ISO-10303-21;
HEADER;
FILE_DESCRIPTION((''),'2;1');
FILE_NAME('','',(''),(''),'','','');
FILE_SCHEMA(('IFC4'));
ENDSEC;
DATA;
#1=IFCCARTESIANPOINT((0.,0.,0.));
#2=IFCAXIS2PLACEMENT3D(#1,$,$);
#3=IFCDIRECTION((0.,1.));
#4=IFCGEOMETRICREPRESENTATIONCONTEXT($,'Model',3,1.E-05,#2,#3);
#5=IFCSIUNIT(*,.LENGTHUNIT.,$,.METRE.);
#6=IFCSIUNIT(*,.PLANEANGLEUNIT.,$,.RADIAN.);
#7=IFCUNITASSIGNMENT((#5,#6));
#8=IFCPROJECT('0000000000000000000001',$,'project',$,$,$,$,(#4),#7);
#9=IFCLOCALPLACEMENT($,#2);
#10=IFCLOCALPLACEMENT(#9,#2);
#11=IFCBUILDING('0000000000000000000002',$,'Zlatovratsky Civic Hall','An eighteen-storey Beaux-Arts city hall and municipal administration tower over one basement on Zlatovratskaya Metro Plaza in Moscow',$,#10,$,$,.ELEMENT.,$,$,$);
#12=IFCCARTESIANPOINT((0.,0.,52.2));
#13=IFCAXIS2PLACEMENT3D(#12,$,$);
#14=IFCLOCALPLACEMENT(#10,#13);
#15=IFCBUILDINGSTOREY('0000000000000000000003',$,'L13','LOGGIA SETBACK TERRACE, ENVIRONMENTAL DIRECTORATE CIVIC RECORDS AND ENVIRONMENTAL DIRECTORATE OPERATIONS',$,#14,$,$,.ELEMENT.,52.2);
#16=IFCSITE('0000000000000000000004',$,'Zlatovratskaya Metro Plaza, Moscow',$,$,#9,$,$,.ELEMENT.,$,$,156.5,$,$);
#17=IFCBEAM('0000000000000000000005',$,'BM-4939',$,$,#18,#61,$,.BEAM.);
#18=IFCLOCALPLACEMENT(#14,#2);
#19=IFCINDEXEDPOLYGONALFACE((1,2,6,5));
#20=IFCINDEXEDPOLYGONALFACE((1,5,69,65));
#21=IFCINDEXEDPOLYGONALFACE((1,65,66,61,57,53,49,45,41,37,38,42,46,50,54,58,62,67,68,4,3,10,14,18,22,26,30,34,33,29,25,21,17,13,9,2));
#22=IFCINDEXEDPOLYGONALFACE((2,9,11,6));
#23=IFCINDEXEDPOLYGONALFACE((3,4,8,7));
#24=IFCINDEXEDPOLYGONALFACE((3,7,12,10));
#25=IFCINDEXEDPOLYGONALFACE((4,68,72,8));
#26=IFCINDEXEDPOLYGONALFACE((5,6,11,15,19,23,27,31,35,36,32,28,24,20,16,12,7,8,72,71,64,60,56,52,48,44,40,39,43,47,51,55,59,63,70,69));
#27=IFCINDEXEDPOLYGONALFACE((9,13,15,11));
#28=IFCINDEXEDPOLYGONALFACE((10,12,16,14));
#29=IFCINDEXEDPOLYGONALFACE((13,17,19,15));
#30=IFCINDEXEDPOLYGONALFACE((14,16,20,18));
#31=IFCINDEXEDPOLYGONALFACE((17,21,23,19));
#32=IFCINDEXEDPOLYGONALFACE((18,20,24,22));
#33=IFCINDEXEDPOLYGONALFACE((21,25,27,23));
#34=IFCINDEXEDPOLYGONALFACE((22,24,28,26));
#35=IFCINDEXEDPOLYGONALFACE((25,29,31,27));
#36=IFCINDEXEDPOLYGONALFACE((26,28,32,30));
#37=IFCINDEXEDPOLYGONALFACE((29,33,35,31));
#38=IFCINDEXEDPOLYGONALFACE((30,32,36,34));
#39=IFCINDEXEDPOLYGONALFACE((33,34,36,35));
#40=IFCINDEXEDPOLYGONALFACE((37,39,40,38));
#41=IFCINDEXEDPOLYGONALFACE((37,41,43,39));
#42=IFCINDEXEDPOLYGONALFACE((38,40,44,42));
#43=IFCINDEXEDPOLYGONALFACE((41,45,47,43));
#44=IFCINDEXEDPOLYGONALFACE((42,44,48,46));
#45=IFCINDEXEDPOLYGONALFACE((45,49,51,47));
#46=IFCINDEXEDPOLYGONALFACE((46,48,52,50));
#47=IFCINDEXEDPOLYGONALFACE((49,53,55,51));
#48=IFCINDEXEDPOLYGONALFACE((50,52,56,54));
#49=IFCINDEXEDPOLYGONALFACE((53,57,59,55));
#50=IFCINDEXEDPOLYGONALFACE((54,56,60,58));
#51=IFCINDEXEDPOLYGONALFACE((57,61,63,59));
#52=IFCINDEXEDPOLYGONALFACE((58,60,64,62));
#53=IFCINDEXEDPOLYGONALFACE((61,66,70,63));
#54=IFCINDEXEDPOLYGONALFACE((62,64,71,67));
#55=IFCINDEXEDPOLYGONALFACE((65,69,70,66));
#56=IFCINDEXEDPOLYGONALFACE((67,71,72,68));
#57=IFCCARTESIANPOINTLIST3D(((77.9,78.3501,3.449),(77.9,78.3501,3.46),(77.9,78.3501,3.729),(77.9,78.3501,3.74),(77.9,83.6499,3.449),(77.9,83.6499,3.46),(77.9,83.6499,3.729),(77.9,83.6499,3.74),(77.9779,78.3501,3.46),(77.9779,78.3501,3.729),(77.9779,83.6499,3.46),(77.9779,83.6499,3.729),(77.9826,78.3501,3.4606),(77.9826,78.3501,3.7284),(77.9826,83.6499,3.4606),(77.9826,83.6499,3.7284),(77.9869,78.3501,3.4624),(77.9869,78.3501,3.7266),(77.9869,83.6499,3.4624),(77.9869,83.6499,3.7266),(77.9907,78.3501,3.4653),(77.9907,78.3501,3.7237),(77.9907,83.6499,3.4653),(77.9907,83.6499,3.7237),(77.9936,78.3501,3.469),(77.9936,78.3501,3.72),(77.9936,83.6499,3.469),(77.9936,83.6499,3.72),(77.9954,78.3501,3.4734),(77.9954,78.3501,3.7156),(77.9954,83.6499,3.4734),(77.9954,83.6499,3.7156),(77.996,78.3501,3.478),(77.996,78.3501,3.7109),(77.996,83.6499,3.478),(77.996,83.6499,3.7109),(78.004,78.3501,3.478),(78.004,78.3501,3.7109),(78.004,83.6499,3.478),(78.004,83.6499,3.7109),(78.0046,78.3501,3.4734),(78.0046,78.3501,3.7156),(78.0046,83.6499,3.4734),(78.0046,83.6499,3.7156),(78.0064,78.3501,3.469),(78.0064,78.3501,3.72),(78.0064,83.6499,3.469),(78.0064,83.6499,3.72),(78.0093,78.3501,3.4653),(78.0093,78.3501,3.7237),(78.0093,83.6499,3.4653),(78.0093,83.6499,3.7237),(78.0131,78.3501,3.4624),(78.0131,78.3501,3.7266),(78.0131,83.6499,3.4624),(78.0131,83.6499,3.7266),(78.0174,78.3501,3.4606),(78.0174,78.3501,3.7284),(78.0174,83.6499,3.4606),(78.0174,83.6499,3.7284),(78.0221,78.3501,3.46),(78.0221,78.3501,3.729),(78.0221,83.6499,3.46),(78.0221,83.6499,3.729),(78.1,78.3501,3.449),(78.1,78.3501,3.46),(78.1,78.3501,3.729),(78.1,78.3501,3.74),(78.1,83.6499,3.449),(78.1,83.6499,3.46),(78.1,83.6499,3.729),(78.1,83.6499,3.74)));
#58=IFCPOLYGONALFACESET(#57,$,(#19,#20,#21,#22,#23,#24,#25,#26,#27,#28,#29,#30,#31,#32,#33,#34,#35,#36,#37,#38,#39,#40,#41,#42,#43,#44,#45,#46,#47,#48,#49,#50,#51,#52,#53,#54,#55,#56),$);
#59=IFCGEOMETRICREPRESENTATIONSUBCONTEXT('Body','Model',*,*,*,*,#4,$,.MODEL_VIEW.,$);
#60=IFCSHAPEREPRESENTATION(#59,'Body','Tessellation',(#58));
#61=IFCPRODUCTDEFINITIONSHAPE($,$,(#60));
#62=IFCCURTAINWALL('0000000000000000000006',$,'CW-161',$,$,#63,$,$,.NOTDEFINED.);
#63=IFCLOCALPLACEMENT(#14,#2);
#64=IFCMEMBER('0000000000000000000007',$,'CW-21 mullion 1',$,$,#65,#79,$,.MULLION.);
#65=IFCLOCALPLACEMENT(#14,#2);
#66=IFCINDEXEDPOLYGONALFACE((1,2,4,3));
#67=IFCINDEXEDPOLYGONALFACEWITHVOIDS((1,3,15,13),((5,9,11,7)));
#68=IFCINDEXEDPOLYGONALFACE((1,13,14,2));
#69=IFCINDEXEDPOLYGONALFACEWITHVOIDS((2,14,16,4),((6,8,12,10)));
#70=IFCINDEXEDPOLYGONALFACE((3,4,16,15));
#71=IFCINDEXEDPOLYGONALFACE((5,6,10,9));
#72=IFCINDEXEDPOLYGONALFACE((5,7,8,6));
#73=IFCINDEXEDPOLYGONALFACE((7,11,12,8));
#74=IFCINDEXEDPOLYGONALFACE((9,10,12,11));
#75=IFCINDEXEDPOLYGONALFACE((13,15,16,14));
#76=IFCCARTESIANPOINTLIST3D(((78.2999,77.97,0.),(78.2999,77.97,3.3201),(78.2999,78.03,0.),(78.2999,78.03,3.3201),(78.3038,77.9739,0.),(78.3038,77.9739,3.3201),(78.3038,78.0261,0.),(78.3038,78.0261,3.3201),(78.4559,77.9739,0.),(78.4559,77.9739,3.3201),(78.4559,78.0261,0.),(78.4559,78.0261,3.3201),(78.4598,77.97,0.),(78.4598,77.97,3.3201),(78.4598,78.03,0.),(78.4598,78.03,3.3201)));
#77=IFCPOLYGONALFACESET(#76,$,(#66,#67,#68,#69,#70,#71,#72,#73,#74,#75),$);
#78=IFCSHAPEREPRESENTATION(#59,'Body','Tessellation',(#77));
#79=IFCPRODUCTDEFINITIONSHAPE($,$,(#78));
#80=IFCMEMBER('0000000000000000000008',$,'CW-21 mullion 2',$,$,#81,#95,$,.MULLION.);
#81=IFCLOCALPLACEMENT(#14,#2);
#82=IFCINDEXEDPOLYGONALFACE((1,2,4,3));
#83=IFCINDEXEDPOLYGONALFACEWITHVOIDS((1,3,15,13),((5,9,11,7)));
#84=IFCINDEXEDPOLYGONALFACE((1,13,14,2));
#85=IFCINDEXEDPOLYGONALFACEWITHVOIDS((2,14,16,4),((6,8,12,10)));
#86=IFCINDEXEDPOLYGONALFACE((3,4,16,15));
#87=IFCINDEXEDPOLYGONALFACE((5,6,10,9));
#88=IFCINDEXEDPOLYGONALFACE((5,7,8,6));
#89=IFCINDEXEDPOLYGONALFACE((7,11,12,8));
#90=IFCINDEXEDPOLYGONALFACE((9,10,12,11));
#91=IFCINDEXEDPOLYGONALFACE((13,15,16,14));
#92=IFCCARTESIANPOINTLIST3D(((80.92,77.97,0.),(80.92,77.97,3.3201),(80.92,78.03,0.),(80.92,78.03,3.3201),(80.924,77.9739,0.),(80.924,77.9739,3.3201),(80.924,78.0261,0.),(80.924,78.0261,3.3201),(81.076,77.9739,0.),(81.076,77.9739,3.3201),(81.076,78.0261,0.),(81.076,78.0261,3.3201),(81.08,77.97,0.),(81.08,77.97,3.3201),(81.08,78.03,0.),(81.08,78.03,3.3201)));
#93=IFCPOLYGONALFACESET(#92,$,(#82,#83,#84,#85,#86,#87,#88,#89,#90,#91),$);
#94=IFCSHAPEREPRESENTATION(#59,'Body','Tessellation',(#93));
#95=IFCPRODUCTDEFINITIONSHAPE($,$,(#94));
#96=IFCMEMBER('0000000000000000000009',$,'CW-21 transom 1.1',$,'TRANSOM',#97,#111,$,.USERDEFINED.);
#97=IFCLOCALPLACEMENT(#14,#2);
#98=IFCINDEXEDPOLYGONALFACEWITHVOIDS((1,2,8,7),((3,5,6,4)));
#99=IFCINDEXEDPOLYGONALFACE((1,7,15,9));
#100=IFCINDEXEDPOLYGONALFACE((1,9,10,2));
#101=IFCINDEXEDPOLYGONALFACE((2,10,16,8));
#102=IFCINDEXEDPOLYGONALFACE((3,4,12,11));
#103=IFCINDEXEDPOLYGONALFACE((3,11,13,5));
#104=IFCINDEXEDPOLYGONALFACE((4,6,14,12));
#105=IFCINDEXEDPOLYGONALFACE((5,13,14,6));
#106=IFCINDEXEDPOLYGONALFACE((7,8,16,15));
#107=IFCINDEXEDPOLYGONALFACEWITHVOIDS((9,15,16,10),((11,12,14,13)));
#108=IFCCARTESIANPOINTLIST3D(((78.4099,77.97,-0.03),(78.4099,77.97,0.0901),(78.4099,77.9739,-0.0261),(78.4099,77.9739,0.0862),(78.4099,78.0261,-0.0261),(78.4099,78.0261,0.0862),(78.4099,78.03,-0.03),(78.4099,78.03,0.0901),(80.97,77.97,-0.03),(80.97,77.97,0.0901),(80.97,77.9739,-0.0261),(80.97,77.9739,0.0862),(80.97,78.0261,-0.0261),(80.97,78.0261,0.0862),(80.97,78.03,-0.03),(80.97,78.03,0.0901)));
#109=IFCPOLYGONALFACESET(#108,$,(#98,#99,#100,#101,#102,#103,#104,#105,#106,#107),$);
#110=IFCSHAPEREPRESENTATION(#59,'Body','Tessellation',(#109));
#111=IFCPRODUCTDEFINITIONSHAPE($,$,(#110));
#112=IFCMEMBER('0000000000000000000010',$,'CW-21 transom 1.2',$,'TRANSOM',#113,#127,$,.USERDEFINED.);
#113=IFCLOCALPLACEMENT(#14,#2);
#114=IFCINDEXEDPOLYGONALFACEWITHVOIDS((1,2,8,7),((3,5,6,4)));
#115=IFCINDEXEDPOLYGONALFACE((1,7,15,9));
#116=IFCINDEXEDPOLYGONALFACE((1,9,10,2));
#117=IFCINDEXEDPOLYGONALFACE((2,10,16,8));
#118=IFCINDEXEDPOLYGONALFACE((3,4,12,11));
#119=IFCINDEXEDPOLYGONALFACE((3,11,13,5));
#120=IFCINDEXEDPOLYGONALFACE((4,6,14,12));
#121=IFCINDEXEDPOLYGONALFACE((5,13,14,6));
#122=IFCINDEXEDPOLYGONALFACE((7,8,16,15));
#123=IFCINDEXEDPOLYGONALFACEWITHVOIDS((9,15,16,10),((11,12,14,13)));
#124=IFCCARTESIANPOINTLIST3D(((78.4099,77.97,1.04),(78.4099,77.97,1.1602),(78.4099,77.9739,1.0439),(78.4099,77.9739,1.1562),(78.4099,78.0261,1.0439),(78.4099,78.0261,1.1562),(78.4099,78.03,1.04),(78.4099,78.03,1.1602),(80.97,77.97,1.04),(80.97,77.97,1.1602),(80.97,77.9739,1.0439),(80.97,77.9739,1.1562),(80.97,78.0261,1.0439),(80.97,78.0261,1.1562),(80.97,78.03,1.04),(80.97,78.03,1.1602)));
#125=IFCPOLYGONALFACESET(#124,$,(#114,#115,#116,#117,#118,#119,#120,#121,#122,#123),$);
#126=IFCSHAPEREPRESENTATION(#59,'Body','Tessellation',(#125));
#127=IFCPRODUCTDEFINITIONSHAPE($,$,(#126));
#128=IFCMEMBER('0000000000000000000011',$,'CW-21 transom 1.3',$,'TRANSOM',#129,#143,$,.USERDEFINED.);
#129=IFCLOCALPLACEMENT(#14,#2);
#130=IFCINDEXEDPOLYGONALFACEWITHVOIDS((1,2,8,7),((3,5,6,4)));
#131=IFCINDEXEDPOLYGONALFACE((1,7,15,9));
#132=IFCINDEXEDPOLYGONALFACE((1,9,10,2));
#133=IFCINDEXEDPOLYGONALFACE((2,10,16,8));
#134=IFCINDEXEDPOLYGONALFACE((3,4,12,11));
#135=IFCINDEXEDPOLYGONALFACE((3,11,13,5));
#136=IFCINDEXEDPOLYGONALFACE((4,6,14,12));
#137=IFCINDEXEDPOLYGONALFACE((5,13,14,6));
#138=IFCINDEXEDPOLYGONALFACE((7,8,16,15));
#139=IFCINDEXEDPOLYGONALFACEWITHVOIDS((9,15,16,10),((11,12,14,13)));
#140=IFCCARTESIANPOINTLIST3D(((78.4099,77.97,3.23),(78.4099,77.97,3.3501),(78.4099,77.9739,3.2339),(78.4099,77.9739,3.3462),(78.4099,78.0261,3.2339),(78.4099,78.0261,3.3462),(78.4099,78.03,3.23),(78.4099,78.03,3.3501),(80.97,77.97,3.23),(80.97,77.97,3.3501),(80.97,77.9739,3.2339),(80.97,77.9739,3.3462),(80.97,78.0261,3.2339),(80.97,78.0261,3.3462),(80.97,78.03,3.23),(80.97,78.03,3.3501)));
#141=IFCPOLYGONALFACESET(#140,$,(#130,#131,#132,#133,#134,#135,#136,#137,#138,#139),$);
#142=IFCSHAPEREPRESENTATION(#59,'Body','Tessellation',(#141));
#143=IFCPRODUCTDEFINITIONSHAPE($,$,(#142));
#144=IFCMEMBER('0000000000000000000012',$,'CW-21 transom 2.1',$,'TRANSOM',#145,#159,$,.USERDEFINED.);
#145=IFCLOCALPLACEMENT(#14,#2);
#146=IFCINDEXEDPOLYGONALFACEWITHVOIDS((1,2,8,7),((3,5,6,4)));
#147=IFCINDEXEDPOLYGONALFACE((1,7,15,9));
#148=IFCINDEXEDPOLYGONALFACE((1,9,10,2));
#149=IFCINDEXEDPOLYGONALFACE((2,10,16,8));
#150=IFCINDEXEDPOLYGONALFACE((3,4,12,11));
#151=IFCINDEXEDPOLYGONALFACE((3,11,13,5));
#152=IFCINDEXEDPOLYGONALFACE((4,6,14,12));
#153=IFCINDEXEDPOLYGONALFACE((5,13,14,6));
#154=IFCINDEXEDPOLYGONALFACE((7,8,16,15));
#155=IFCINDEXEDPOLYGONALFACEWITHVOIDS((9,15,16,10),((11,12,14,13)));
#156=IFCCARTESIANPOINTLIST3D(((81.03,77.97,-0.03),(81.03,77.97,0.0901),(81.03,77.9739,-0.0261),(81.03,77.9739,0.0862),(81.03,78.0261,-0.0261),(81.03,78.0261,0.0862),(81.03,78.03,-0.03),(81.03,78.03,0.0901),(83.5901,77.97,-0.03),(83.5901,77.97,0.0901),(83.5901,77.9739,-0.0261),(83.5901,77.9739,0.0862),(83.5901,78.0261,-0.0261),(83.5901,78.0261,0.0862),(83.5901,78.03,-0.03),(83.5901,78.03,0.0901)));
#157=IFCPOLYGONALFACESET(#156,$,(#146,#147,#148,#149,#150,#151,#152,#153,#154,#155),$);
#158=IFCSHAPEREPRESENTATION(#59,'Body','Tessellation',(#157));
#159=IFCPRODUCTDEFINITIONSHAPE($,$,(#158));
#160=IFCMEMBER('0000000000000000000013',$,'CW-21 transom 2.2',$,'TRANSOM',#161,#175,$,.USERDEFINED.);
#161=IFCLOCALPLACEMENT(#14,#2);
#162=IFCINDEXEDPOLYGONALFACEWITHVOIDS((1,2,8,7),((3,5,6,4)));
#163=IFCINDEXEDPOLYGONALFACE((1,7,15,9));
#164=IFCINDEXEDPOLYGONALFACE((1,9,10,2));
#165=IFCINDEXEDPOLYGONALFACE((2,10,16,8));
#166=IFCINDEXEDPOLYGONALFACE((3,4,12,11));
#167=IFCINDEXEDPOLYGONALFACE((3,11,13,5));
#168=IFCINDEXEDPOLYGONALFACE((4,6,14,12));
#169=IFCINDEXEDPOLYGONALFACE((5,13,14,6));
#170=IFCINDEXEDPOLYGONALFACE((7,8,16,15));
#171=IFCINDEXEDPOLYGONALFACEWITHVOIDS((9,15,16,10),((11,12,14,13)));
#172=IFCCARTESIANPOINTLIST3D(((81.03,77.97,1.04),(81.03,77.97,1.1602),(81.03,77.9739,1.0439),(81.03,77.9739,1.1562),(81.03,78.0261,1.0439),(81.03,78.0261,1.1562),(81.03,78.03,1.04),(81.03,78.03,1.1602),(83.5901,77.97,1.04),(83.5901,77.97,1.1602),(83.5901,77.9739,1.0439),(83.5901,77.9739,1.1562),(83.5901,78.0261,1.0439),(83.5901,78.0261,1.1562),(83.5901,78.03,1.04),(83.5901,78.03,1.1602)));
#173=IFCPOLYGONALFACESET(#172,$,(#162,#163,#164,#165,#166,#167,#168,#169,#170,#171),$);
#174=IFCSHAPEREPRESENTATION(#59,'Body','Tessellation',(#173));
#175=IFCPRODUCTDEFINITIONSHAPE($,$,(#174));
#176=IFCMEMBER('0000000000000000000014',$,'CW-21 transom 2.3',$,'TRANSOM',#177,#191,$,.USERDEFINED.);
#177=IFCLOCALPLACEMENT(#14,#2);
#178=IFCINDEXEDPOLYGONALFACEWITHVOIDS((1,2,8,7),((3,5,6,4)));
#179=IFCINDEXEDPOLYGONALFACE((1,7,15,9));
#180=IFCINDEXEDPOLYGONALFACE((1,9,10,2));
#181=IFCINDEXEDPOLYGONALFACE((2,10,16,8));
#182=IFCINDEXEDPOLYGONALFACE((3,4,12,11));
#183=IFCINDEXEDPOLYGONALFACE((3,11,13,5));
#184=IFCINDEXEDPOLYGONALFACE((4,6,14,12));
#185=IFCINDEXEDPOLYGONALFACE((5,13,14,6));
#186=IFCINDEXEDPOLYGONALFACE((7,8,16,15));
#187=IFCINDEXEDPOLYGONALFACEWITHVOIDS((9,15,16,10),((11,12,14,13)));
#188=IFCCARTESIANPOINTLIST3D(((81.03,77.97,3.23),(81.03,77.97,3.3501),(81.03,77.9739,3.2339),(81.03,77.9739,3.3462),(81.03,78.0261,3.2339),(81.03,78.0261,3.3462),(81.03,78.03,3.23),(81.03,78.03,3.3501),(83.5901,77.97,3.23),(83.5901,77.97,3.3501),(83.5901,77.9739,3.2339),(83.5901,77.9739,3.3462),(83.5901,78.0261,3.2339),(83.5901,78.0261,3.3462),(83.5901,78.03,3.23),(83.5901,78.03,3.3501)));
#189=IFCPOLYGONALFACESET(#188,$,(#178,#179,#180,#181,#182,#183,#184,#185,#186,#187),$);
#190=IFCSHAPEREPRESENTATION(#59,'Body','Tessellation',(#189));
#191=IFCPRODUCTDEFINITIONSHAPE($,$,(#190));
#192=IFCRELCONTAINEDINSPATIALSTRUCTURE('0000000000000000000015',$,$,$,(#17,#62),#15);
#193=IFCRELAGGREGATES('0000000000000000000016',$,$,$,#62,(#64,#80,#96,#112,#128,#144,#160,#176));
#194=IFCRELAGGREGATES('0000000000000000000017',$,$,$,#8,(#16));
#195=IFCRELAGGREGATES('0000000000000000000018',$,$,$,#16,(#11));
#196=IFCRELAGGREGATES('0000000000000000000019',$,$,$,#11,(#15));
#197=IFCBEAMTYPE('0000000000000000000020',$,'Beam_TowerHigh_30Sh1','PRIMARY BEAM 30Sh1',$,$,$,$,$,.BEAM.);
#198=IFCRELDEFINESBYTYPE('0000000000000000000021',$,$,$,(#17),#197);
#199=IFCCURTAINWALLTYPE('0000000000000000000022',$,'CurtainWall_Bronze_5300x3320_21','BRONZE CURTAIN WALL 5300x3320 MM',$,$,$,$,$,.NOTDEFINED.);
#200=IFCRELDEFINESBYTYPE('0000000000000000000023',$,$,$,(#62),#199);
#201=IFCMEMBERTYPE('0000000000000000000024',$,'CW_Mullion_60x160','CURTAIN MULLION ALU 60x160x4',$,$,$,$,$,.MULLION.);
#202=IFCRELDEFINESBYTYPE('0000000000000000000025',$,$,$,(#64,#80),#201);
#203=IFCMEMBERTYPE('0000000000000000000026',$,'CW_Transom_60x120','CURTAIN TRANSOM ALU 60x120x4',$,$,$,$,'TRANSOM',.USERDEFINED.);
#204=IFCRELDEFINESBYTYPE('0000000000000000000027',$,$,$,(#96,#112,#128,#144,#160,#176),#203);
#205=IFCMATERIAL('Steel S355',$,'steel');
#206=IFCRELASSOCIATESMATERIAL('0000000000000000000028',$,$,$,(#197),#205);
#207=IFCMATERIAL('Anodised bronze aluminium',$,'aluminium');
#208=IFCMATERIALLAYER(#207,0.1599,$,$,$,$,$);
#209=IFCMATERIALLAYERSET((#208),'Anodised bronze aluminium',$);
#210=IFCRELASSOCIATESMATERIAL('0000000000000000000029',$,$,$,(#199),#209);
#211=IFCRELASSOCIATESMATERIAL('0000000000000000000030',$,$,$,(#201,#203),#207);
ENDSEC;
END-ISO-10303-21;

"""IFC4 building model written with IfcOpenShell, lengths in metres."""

from ifc_helpers import new_model, si_unit, direction, frame, origin, origin_2d, place, context, subcontext, project, spatial, hollow_rectangle, i_section, extrude, material, layer, layer_set, material_profile, profile_set, type_object, element, aggregate, save


model = new_model("IFC4")

# Units and contexts
model_context = context("Model", 3, precision=1e-05, world=origin(), true_north=direction((0.0, 1.0)))
body_context = subcontext(model_context, "Body", "Model", "MODEL_VIEW")
ifc_project = project(units=[si_unit("LENGTHUNIT", "METRE"), si_unit("PLANEANGLEUNIT", "RADIAN")], contexts=[model_context])

# Site, building, storey
site_placement = place(None, origin())
site = spatial("IfcSite", under=ifc_project, at=site_placement, Name="Zlatovratskaya Metro Plaza, Moscow", CompositionType="ELEMENT", RefElevation=156.5)
building_placement = place(site_placement, origin())
building = spatial("IfcBuilding", under=site, at=building_placement, Name="Zlatovratsky Civic Hall", Description="An eighteen-storey Beaux-Arts city hall and municipal administration tower over one basement on Zlatovratskaya Metro Plaza in Moscow", CompositionType="ELEMENT")
storey_placement = place(building_placement, frame((0.0, 0.0, 52.2)))
storey = spatial("IfcBuildingStorey", under=building, at=storey_placement, Name="L13", Description="LOGGIA SETBACK TERRACE, ENVIRONMENTAL DIRECTORATE CIVIC RECORDS AND ENVIRONMENTAL DIRECTORATE OPERATIONS", CompositionType="ELEMENT", Elevation=52.2)

# Beam
ifc_material_1 = material(Name="Steel S355", Category="steel")
ifc_material_profile_1 = material_profile(ifc_material_1, i_section(OverallWidth=0.2, OverallDepth=0.291, WebThickness=0.0081, FlangeThickness=0.011, FilletRadius=0.0181, at=origin_2d()), Name="30Sh1")
ifc_profile_set_1 = profile_set([ifc_material_profile_1], Name="Steel S355")
beam_type_1 = type_object("IfcBeamType", Name="Beam_TowerHigh_30Sh1", Description="PRIMARY BEAM 30Sh1", PredefinedType="BEAM", material=ifc_profile_set_1)
for number, where, z_axis, x_axis, name in (
    (1, (78.0, 78.3501, 3.5945), (0.0, 1.0, 0.0), (-1.0, 0.0, 0.0), "BM-4939"),
):
    element("IfcBeam", number, at=place(storey_placement, frame(where, z_axis=z_axis, x_axis=x_axis)), inside=storey, type_object=beam_type_1, Name=name, PredefinedType="BEAM", context=body_context, shape_type="SweptSolid", body=[
        extrude(i_section(OverallWidth=0.2, OverallDepth=0.291, WebThickness=0.0081, FlangeThickness=0.011, FilletRadius=0.0181, at=origin_2d()), origin(), (0.0, 0.0, 1.0), 5.2998),
    ])

# Curtain wall, members
ifc_material_2 = material(Name="Anodised bronze aluminium", Category="aluminium")
ifc_layer_1 = layer(ifc_material_2, 0.1599)
ifc_layer_set_1 = layer_set([ifc_layer_1], Name="Anodised bronze aluminium")
curtain_wall_type = type_object("IfcCurtainWallType", Name="CurtainWall_Bronze_5300x3320_21", Description="BRONZE CURTAIN WALL 5300x3320 MM", PredefinedType="NOTDEFINED", material=ifc_layer_set_1)
curtain_wall_placement = place(storey_placement, origin())
curtain_wall = element("IfcCurtainWall", 2, at=curtain_wall_placement, inside=storey, type_object=curtain_wall_type, Name="CW-161", PredefinedType="NOTDEFINED")
ifc_material_profile_2 = material_profile(ifc_material_2, hollow_rectangle(XDim=0.0601, YDim=0.1599, WallThickness=0.0039, at=origin_2d()), Name="ALU 60x160x4")
ifc_profile_set_2 = profile_set([ifc_material_profile_2], Name="Anodised bronze aluminium")
member_type_1 = type_object("IfcMemberType", Name="CW_Mullion_60x160", Description="CURTAIN MULLION ALU 60x160x4", PredefinedType="MULLION", material=ifc_profile_set_2)
member_1_placement = place(storey_placement, frame((78.3799, 78.0, 0.0), z_axis=(0.0, 0.0, 1.0), x_axis=(0.0, 1.0, 0.0)))
member_1 = element("IfcMember", 3, at=member_1_placement, type_object=member_type_1, Name="CW-21 mullion 1", PredefinedType="MULLION", context=body_context, shape_type="SweptSolid", body=[
    extrude(hollow_rectangle(XDim=0.0601, YDim=0.1599, WallThickness=0.0039, at=origin_2d()), origin(), (0.0, 0.0, 1.0), 3.3201),
])
member_2_placement = place(storey_placement, frame((81.0, 78.0, 0.0), z_axis=(0.0, 0.0, 1.0), x_axis=(0.0, 1.0, 0.0)))
member_2 = element("IfcMember", 4, at=member_2_placement, type_object=member_type_1, Name="CW-21 mullion 2", PredefinedType="MULLION", context=body_context, shape_type="SweptSolid", body=[
    extrude(hollow_rectangle(XDim=0.0601, YDim=0.1599, WallThickness=0.0039, at=origin_2d()), origin(), (0.0, 0.0, 1.0), 3.3201),
])
ifc_material_profile_3 = material_profile(ifc_material_2, hollow_rectangle(XDim=0.0601, YDim=0.1201, WallThickness=0.0039, at=origin_2d()), Name="ALU 60x120x4")
ifc_profile_set_3 = profile_set([ifc_material_profile_3], Name="Anodised bronze aluminium")
member_type_2 = type_object("IfcMemberType", Name="CW_Transom_60x120", Description="CURTAIN TRANSOM ALU 60x120x4", ElementType="TRANSOM", PredefinedType="USERDEFINED", material=ifc_profile_set_3)
member_3_placement = place(storey_placement, frame((78.4099, 78.0, 0.03), z_axis=(1.0, 0.0, 0.0), x_axis=(0.0, 1.0, 0.0)))
member_3 = element("IfcMember", 5, at=member_3_placement, type_object=member_type_2, Name="CW-21 transom 1.1", ObjectType="TRANSOM", PredefinedType="USERDEFINED", context=body_context, shape_type="SweptSolid", body=[
    extrude(hollow_rectangle(XDim=0.0601, YDim=0.1201, WallThickness=0.0039, at=origin_2d()), origin(), (0.0, 0.0, 1.0), 2.5601),
])
member_4_placement = place(storey_placement, frame((78.4099, 78.0, 1.1001), z_axis=(1.0, 0.0, 0.0), x_axis=(0.0, 1.0, 0.0)))
member_4 = element("IfcMember", 6, at=member_4_placement, type_object=member_type_2, Name="CW-21 transom 1.2", ObjectType="TRANSOM", PredefinedType="USERDEFINED", context=body_context, shape_type="SweptSolid", body=[
    extrude(hollow_rectangle(XDim=0.0601, YDim=0.1201, WallThickness=0.0039, at=origin_2d()), origin(), (0.0, 0.0, 1.0), 2.5601),
])
member_5_placement = place(storey_placement, frame((78.4099, 78.0, 3.29), z_axis=(1.0, 0.0, 0.0), x_axis=(0.0, 1.0, 0.0)))
member_5 = element("IfcMember", 7, at=member_5_placement, type_object=member_type_2, Name="CW-21 transom 1.3", ObjectType="TRANSOM", PredefinedType="USERDEFINED", context=body_context, shape_type="SweptSolid", body=[
    extrude(hollow_rectangle(XDim=0.0601, YDim=0.1201, WallThickness=0.0039, at=origin_2d()), origin(), (0.0, 0.0, 1.0), 2.5601),
])
member_6_placement = place(storey_placement, frame((81.03, 78.0, 0.03), z_axis=(1.0, 0.0, 0.0), x_axis=(0.0, 1.0, 0.0)))
member_6 = element("IfcMember", 8, at=member_6_placement, type_object=member_type_2, Name="CW-21 transom 2.1", ObjectType="TRANSOM", PredefinedType="USERDEFINED", context=body_context, shape_type="SweptSolid", body=[
    extrude(hollow_rectangle(XDim=0.0601, YDim=0.1201, WallThickness=0.0039, at=origin_2d()), origin(), (0.0, 0.0, 1.0), 2.5601),
])
member_7_placement = place(storey_placement, frame((81.03, 78.0, 1.1001), z_axis=(1.0, 0.0, 0.0), x_axis=(0.0, 1.0, 0.0)))
member_7 = element("IfcMember", 9, at=member_7_placement, type_object=member_type_2, Name="CW-21 transom 2.2", ObjectType="TRANSOM", PredefinedType="USERDEFINED", context=body_context, shape_type="SweptSolid", body=[
    extrude(hollow_rectangle(XDim=0.0601, YDim=0.1201, WallThickness=0.0039, at=origin_2d()), origin(), (0.0, 0.0, 1.0), 2.5601),
])
member_8_placement = place(storey_placement, frame((81.03, 78.0, 3.29), z_axis=(1.0, 0.0, 0.0), x_axis=(0.0, 1.0, 0.0)))
member_8 = element("IfcMember", 10, at=member_8_placement, type_object=member_type_2, Name="CW-21 transom 2.3", ObjectType="TRANSOM", PredefinedType="USERDEFINED", context=body_context, shape_type="SweptSolid", body=[
    extrude(hollow_rectangle(XDim=0.0601, YDim=0.1201, WallThickness=0.0039, at=origin_2d()), origin(), (0.0, 0.0, 1.0), 2.5601),
])
aggregate(curtain_wall, [member_1, member_2, member_3, member_4, member_5, member_6, member_7, member_8])

save(model, "model.ifc")
